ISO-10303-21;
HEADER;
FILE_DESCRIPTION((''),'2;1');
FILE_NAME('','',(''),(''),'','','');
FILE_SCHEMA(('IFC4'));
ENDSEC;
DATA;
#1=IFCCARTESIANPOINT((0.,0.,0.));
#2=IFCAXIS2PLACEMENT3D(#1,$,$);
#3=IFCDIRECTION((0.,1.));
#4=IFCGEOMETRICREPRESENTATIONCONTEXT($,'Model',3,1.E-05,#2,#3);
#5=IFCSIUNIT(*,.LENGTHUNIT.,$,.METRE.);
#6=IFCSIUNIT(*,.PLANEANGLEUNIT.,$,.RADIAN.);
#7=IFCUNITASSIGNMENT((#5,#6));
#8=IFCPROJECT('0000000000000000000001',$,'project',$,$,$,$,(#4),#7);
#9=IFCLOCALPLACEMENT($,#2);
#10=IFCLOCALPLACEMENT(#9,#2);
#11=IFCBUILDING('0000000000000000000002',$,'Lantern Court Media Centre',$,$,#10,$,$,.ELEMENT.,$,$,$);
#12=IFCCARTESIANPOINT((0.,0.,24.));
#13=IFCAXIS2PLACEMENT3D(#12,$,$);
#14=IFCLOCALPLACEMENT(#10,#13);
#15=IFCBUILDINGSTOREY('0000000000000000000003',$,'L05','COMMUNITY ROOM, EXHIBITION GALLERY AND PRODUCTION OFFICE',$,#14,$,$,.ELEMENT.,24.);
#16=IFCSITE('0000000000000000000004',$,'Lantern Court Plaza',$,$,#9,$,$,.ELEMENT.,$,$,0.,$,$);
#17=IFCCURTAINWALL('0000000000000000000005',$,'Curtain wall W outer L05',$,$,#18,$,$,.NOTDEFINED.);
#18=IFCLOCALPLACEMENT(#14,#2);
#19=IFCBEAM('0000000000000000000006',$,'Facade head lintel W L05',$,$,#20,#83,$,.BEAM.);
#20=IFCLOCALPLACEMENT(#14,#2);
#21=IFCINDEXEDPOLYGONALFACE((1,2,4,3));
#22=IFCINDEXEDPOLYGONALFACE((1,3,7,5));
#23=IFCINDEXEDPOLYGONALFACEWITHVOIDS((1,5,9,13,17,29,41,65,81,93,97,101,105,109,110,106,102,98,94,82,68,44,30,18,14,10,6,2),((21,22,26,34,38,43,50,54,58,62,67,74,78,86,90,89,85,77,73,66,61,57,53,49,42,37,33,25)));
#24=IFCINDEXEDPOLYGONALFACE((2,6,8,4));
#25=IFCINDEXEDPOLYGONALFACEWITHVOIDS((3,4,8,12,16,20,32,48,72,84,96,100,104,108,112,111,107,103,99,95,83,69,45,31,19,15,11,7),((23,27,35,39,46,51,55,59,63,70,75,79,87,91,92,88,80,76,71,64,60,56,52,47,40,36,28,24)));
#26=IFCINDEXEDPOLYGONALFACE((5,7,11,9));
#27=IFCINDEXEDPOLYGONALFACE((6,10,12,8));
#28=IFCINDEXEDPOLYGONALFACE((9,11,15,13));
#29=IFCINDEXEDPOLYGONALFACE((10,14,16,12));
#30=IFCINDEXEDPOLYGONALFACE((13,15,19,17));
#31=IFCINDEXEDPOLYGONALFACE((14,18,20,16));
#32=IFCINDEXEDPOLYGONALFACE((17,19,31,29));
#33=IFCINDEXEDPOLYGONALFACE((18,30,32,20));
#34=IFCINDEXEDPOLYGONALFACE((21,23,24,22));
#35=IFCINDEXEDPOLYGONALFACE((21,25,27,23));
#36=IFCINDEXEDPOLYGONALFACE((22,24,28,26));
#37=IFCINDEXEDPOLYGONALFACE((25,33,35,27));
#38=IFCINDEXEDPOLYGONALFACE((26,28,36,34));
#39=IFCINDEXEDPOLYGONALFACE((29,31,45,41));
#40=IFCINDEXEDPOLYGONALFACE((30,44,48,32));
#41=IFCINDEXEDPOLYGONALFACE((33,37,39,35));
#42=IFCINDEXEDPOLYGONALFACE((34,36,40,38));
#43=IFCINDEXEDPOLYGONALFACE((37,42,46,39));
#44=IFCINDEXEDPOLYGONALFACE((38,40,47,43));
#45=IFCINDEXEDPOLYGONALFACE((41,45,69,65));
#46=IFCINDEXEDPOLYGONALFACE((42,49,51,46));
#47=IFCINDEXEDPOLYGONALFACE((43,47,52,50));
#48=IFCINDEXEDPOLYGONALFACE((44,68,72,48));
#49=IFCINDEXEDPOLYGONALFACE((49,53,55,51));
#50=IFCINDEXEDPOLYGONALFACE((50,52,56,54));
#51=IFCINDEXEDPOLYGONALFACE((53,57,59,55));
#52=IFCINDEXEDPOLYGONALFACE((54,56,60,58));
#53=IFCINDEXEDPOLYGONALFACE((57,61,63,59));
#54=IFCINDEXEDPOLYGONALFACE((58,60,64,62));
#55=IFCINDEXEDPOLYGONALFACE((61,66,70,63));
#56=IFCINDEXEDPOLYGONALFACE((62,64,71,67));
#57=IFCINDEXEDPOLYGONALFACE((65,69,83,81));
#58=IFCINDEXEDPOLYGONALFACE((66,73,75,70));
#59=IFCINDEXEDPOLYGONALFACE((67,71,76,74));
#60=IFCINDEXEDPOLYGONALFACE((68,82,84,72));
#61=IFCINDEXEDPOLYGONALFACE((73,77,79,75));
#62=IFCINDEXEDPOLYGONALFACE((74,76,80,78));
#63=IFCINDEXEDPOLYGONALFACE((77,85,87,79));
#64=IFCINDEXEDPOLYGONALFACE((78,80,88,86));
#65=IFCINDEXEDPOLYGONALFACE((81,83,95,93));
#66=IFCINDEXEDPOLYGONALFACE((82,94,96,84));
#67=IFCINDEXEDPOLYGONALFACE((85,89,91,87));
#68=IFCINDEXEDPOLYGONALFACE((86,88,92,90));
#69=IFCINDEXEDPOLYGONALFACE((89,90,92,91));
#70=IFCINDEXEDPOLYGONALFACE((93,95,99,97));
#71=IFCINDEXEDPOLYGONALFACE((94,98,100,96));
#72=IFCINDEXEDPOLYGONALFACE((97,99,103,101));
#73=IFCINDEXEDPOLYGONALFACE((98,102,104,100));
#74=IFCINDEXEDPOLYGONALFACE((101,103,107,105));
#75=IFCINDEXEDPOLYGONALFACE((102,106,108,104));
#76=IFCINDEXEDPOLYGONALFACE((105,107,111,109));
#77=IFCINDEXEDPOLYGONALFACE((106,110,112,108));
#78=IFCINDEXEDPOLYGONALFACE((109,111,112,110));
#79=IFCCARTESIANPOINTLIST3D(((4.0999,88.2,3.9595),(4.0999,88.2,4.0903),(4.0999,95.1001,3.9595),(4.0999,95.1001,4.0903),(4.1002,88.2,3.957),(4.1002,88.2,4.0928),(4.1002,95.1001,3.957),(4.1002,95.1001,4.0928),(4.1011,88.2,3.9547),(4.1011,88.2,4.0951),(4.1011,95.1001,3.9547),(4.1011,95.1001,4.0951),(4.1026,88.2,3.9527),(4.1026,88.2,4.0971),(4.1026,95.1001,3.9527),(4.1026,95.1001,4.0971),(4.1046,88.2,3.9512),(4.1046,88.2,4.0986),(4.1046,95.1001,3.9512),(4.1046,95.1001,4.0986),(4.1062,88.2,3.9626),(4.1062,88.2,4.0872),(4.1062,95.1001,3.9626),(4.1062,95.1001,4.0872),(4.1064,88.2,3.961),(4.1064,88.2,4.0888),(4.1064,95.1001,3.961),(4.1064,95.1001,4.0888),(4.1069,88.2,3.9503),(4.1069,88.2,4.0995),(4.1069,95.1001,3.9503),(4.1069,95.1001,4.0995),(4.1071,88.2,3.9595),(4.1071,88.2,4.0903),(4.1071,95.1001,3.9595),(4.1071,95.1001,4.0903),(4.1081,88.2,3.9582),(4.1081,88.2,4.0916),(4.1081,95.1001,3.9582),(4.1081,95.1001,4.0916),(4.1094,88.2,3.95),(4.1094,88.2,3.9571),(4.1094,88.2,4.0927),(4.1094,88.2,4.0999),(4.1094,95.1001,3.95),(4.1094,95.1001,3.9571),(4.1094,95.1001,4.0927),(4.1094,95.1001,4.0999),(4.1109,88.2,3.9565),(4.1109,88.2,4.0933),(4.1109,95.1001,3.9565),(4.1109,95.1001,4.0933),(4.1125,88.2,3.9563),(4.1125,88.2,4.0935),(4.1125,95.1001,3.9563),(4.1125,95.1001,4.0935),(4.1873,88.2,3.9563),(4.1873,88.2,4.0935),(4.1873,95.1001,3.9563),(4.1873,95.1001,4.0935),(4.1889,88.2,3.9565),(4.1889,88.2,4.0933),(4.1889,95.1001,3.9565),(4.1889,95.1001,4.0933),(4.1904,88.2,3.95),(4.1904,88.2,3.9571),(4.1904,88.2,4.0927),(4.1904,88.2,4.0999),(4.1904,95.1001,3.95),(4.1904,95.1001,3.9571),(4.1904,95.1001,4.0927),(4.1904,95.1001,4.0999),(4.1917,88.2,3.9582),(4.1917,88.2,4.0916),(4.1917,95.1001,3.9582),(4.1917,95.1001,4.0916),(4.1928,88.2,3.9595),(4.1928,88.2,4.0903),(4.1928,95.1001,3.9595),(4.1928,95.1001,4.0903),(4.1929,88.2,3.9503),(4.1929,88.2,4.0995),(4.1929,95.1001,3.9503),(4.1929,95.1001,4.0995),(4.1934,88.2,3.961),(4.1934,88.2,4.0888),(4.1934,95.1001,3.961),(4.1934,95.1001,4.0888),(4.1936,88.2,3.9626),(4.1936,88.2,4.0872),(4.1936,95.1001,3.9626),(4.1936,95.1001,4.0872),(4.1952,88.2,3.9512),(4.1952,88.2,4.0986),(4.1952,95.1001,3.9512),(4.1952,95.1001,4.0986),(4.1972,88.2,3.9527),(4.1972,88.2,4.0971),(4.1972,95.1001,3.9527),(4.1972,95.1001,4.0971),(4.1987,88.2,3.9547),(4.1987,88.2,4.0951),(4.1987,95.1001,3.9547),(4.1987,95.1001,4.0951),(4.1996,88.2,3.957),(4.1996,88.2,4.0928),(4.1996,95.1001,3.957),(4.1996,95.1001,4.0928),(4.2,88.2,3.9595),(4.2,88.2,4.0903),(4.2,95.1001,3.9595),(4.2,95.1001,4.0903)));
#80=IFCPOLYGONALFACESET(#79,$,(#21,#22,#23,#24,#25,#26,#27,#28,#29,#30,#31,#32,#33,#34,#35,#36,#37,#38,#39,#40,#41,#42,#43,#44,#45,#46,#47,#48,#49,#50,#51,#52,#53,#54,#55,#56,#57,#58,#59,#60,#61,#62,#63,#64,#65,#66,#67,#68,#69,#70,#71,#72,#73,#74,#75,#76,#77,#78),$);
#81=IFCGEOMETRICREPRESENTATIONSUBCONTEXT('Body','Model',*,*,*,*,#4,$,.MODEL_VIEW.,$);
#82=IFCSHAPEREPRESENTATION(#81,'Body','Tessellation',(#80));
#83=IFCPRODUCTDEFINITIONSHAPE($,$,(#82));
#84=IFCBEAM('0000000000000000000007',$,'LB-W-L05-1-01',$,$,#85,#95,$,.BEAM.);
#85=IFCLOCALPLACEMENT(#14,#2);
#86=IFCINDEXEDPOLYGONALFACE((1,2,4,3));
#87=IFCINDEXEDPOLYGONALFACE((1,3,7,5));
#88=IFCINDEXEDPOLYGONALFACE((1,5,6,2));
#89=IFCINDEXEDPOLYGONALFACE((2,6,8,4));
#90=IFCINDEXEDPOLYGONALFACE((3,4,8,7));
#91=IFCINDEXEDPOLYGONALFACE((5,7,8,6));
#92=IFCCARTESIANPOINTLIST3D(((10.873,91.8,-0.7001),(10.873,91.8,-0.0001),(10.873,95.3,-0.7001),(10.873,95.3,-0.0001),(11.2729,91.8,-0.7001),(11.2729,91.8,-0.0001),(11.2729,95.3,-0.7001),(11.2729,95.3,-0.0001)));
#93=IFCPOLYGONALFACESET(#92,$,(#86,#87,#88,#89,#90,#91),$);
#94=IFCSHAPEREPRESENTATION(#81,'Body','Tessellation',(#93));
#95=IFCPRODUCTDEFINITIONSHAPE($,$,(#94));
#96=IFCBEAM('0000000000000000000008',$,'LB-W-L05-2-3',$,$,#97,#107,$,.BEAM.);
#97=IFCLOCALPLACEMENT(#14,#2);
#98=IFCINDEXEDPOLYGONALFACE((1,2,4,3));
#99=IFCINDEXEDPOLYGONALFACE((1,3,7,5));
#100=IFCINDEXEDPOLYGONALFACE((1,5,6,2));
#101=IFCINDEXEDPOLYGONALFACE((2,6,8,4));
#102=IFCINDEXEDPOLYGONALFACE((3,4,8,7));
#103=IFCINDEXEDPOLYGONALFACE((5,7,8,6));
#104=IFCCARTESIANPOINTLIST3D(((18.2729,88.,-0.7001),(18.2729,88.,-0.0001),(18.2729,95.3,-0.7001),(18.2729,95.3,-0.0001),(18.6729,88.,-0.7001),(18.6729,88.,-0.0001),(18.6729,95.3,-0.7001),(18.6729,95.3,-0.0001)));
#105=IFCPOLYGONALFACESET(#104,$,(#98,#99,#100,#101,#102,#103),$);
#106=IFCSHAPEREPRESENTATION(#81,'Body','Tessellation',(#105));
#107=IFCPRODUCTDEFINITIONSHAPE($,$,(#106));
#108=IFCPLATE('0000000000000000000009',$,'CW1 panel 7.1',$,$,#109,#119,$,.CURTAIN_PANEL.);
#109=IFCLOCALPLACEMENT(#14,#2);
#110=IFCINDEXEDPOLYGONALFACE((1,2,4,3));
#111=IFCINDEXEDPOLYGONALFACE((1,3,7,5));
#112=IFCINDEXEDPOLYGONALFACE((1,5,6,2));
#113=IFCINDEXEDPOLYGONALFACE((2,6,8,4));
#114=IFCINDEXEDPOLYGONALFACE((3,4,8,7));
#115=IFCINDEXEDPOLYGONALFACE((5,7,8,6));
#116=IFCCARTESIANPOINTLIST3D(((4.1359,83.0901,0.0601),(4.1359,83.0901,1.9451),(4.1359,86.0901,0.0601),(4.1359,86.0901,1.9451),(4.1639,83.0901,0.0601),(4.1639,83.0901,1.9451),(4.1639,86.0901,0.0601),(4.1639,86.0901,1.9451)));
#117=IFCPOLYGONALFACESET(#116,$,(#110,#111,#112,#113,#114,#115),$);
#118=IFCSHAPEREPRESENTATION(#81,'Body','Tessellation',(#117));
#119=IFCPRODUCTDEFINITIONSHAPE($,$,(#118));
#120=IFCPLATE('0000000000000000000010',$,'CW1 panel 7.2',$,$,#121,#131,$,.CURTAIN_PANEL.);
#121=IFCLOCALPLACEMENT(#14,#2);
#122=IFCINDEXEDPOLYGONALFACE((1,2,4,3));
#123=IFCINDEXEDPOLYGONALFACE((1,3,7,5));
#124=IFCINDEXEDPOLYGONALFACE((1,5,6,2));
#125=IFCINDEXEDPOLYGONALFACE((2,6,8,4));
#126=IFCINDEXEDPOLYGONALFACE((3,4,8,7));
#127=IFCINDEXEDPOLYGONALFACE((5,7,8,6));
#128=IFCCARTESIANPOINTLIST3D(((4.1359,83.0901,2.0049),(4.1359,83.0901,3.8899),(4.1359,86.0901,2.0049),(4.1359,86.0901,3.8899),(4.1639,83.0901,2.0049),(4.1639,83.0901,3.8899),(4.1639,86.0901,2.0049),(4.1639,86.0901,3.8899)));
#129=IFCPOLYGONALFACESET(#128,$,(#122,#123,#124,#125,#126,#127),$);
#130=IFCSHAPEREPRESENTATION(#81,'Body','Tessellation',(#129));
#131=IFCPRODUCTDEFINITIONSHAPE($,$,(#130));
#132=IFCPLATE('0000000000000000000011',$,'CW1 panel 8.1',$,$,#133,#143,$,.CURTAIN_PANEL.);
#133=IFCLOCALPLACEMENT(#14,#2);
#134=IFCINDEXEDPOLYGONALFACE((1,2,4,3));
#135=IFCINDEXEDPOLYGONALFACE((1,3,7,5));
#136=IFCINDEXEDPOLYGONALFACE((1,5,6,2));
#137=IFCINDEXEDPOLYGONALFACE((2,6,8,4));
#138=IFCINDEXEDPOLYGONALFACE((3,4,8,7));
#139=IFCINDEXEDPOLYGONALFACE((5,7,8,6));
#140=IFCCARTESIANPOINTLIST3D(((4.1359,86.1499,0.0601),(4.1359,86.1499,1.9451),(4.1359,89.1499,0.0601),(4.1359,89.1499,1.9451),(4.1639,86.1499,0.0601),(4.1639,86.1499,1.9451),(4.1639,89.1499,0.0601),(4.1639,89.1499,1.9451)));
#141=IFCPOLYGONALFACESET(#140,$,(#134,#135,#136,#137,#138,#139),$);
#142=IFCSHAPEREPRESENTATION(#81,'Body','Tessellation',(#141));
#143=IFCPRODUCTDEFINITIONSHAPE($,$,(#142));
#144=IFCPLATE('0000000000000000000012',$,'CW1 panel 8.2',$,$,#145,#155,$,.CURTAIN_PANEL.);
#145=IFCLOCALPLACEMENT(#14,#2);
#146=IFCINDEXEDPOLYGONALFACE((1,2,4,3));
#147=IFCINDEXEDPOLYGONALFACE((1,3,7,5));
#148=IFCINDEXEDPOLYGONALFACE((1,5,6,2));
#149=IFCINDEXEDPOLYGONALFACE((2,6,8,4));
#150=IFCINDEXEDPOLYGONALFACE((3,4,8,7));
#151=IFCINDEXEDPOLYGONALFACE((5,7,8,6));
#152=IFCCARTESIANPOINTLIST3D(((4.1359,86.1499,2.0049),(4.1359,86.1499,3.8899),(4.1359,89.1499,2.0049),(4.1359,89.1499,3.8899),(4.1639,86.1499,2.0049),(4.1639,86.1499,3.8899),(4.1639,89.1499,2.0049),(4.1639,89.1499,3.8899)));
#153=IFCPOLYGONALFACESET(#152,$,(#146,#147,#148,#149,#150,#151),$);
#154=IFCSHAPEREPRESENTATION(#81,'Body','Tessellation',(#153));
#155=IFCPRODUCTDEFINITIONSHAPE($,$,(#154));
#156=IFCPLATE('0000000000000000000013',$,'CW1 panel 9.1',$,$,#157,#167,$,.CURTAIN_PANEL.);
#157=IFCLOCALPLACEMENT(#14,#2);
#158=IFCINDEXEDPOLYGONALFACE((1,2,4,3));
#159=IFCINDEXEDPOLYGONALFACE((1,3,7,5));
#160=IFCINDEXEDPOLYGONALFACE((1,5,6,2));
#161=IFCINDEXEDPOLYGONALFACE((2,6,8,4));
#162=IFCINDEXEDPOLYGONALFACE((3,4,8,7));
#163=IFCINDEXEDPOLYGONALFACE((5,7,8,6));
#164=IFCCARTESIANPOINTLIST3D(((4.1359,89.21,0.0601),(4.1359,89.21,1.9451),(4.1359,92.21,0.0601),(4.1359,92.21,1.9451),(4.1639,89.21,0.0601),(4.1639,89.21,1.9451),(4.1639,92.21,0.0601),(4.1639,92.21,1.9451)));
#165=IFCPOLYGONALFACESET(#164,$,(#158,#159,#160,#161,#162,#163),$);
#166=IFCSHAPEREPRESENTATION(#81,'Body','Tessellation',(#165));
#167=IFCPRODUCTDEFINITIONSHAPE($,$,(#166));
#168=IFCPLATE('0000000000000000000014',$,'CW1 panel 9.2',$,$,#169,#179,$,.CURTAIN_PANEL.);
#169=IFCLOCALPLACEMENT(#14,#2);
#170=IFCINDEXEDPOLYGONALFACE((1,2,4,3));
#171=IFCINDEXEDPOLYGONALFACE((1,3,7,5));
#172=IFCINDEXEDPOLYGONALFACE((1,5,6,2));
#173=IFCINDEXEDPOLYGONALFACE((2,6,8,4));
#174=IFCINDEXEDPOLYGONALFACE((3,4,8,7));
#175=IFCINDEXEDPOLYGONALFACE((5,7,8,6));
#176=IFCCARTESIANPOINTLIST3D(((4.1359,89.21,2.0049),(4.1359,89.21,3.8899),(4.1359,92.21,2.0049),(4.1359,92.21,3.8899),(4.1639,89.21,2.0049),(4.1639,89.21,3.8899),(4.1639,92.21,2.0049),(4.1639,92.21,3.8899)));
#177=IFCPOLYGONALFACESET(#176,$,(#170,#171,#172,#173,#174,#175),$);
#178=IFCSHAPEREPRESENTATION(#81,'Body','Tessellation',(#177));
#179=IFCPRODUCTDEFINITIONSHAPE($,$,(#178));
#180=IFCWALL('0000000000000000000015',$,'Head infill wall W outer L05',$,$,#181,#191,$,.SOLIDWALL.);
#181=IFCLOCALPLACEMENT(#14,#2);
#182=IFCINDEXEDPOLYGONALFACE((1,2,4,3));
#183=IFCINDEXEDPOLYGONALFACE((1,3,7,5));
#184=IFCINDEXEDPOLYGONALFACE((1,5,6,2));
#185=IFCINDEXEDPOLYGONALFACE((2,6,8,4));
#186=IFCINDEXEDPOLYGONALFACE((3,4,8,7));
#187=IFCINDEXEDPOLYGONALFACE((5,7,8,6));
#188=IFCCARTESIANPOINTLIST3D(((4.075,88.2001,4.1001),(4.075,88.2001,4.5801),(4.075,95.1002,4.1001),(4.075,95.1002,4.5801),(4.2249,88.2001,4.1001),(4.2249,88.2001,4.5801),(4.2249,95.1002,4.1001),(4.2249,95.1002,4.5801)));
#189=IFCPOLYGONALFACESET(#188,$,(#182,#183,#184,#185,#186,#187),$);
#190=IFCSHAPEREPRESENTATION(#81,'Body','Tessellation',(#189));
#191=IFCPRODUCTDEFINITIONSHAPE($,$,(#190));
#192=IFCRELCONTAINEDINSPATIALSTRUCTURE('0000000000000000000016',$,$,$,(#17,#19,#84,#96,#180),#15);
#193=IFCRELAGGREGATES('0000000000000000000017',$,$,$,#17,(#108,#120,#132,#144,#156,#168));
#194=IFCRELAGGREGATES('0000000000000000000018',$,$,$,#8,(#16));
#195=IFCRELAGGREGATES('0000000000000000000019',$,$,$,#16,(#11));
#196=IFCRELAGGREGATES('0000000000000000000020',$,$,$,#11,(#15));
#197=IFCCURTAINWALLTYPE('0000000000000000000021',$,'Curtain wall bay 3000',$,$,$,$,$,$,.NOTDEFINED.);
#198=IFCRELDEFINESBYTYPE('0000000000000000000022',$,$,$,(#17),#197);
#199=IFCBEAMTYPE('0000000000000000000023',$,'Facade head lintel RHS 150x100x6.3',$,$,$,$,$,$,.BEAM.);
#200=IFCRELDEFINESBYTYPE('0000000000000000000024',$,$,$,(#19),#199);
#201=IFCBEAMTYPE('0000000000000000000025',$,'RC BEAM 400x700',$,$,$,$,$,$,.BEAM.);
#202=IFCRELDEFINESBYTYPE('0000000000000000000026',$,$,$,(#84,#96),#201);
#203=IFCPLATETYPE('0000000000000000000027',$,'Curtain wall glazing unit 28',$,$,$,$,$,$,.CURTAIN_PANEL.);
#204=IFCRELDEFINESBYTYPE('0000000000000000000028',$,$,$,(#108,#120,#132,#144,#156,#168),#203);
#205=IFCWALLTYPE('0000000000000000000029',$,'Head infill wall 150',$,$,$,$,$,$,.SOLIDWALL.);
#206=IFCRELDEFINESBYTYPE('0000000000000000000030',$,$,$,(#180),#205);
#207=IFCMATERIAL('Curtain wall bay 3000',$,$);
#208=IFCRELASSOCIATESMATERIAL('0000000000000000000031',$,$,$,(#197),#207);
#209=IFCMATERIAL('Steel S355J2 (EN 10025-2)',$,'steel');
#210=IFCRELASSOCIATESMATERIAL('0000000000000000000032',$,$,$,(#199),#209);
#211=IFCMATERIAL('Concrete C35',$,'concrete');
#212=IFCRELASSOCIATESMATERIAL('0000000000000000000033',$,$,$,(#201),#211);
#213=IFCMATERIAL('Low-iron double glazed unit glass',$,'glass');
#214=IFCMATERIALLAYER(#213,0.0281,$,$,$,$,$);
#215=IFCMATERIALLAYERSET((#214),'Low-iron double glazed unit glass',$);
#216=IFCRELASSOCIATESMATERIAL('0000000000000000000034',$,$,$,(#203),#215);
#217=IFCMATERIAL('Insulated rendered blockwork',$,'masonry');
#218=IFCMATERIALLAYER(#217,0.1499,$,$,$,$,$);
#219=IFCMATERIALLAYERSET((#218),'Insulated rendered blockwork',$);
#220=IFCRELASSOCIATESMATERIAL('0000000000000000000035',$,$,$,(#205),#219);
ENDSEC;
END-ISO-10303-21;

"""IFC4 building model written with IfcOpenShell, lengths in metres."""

from ifc_helpers import new_model, si_unit, direction, frame, frame_2d, origin, origin_2d, place, context, subcontext, project, spatial, rectangle, hollow_rectangle, extrude, material, layer, layer_set, material_profile, profile_set, type_object, element, aggregate, save


model = new_model("IFC4")

# Units and contexts
model_context = context("Model", 3, precision=1e-05, world=origin(), true_north=direction((0.0, 1.0)))
body_context = subcontext(model_context, "Body", "Model", "MODEL_VIEW")
ifc_project = project(units=[si_unit("LENGTHUNIT", "METRE"), si_unit("PLANEANGLEUNIT", "RADIAN")], contexts=[model_context])

# Site, building, storey
site_placement = place(None, origin())
site = spatial("IfcSite", under=ifc_project, at=site_placement, Name="Lantern Court Plaza", CompositionType="ELEMENT", RefElevation=0.0)
building_placement = place(site_placement, origin())
building = spatial("IfcBuilding", under=site, at=building_placement, Name="Lantern Court Media Centre", CompositionType="ELEMENT")
storey_placement = place(building_placement, frame((0.0, 0.0, 24.0)))
storey = spatial("IfcBuildingStorey", under=building, at=storey_placement, Name="L05", Description="COMMUNITY ROOM, EXHIBITION GALLERY AND PRODUCTION OFFICE", CompositionType="ELEMENT", Elevation=24.0)

# Shared definitions
ifc_material_1 = material(Name="Concrete C35", Category="concrete")

# Curtain wall
ifc_material_2 = material(Name="Curtain wall bay 3000")
curtain_wall_type_1 = type_object("IfcCurtainWallType", Name="Curtain wall bay 3000", PredefinedType="NOTDEFINED", material=ifc_material_2)
curtain_wall_1_placement = place(storey_placement, origin())
curtain_wall_1 = element("IfcCurtainWall", 1, at=curtain_wall_1_placement, inside=storey, type_object=curtain_wall_type_1, Name="Curtain wall W outer L05", PredefinedType="NOTDEFINED")

# Beams
ifc_material_3 = material(Name="Steel S355J2 (EN 10025-2)", Category="steel")
ifc_material_profile_1 = material_profile(ifc_material_3, hollow_rectangle(XDim=0.1001, YDim=0.1499, WallThickness=0.0063, InnerFilletRadius=0.0063, OuterFilletRadius=0.0095, at=origin_2d()), Name="Facade head lintel RHS 150x100x6.3")
ifc_profile_set_1 = profile_set([ifc_material_profile_1], Name="Steel S355J2 (EN 10025-2)")
beam_type_1 = type_object("IfcBeamType", Name="Facade head lintel RHS 150x100x6.3", PredefinedType="BEAM", material=ifc_profile_set_1)
beam_1_placement = place(storey_placement, frame((4.1499, 88.2, 4.0249), z_axis=(0.0, 1.0, 0.0), x_axis=(-1.0, 0.0, 0.0)))
element("IfcBeam", 2, at=beam_1_placement, inside=storey, type_object=beam_type_1, Name="Facade head lintel W L05", PredefinedType="BEAM", context=body_context, shape_type="SweptSolid", body=[
    extrude(hollow_rectangle(XDim=0.1001, YDim=0.1499, WallThickness=0.0063, InnerFilletRadius=0.0063, OuterFilletRadius=0.0095, at=origin_2d()), origin(), (0.0, 0.0, 1.0), 6.9001),
])
ifc_material_profile_2 = material_profile(ifc_material_1, rectangle(XDim=0.3999, YDim=0.7, at=origin_2d()), Name="RC 400x700")
ifc_profile_set_2 = profile_set([ifc_material_profile_2], Name="Concrete C35")
beam_type_2 = type_object("IfcBeamType", Name="RC BEAM 400x700", PredefinedType="BEAM", material=ifc_profile_set_2)
beam_2_placement = place(storey_placement, frame((11.073, 91.8, -0.3501), z_axis=(0.0, 1.0, 0.0), x_axis=(-1.0, 0.0, 0.0)))
element("IfcBeam", 3, at=beam_2_placement, inside=storey, type_object=beam_type_2, Name="LB-W-L05-1-01", PredefinedType="BEAM", context=body_context, shape_type="SweptSolid", body=[
    extrude(rectangle(XDim=0.3999, YDim=0.7, at=origin_2d()), origin(), (0.0, 0.0, 1.0), 3.5),
])
beam_3_placement = place(storey_placement, frame((18.4729, 88.0, -0.3501), z_axis=(0.0, 1.0, 0.0), x_axis=(-1.0, 0.0, 0.0)))
element("IfcBeam", 4, at=beam_3_placement, inside=storey, type_object=beam_type_2, Name="LB-W-L05-2-3", PredefinedType="BEAM", context=body_context, shape_type="SweptSolid", body=[
    extrude(rectangle(XDim=0.3999, YDim=0.7, at=origin_2d()), origin(), (0.0, 0.0, 1.0), 7.3),
])

# Plates
ifc_material_4 = material(Name="Low-iron double glazed unit glass", Category="glass")
ifc_layer_1 = layer(ifc_material_4, 0.0281)
ifc_layer_set_1 = layer_set([ifc_layer_1], Name="Low-iron double glazed unit glass")
plate_type = type_object("IfcPlateType", Name="Curtain wall glazing unit 28", PredefinedType="CURTAIN_PANEL", material=ifc_layer_set_1)
plate_1_placement = place(storey_placement, frame((4.1499, 84.5901, 0.0601), z_axis=(0.0, 0.0, 1.0), x_axis=(0.0, 1.0, 0.0)))
plate_1 = element("IfcPlate", 5, at=plate_1_placement, type_object=plate_type, Name="CW1 panel 7.1", PredefinedType="CURTAIN_PANEL", context=body_context, shape_type="SweptSolid", body=[
    extrude(rectangle(XDim=3.0, YDim=0.0281, at=origin_2d()), origin(), (0.0, 0.0, 1.0), 1.885),
])
plate_2_placement = place(storey_placement, frame((4.1499, 84.5901, 2.0049), z_axis=(0.0, 0.0, 1.0), x_axis=(0.0, 1.0, 0.0)))
plate_2 = element("IfcPlate", 6, at=plate_2_placement, type_object=plate_type, Name="CW1 panel 7.2", PredefinedType="CURTAIN_PANEL", context=body_context, shape_type="SweptSolid", body=[
    extrude(rectangle(XDim=3.0, YDim=0.0281, at=origin_2d()), origin(), (0.0, 0.0, 1.0), 1.885),
])
plate_3_placement = place(storey_placement, frame((4.1499, 87.6499, 0.0601), z_axis=(0.0, 0.0, 1.0), x_axis=(0.0, 1.0, 0.0)))
plate_3 = element("IfcPlate", 7, at=plate_3_placement, type_object=plate_type, Name="CW1 panel 8.1", PredefinedType="CURTAIN_PANEL", context=body_context, shape_type="SweptSolid", body=[
    extrude(rectangle(XDim=3.0, YDim=0.0281, at=origin_2d()), origin(), (0.0, 0.0, 1.0), 1.885),
])
plate_4_placement = place(storey_placement, frame((4.1499, 87.6499, 2.0049), z_axis=(0.0, 0.0, 1.0), x_axis=(0.0, 1.0, 0.0)))
plate_4 = element("IfcPlate", 8, at=plate_4_placement, type_object=plate_type, Name="CW1 panel 8.2", PredefinedType="CURTAIN_PANEL", context=body_context, shape_type="SweptSolid", body=[
    extrude(rectangle(XDim=3.0, YDim=0.0281, at=origin_2d()), origin(), (0.0, 0.0, 1.0), 1.885),
])
plate_5_placement = place(storey_placement, frame((4.1499, 90.71, 0.0601), z_axis=(0.0, 0.0, 1.0), x_axis=(0.0, 1.0, 0.0)))
plate_5 = element("IfcPlate", 9, at=plate_5_placement, type_object=plate_type, Name="CW1 panel 9.1", PredefinedType="CURTAIN_PANEL", context=body_context, shape_type="SweptSolid", body=[
    extrude(rectangle(XDim=3.0, YDim=0.0281, at=origin_2d()), origin(), (0.0, 0.0, 1.0), 1.885),
])
plate_6_placement = place(storey_placement, frame((4.1499, 90.71, 2.0049), z_axis=(0.0, 0.0, 1.0), x_axis=(0.0, 1.0, 0.0)))
plate_6 = element("IfcPlate", 10, at=plate_6_placement, type_object=plate_type, Name="CW1 panel 9.2", PredefinedType="CURTAIN_PANEL", context=body_context, shape_type="SweptSolid", body=[
    extrude(rectangle(XDim=3.0, YDim=0.0281, at=origin_2d()), origin(), (0.0, 0.0, 1.0), 1.885),
])
aggregate(curtain_wall_1, [plate_1, plate_2, plate_3, plate_4, plate_5, plate_6])

# Wall
ifc_material_5 = material(Name="Insulated rendered blockwork", Category="masonry")
ifc_layer_2 = layer(ifc_material_5, 0.1499)
ifc_layer_set_2 = layer_set([ifc_layer_2], Name="Insulated rendered blockwork")
wall_type_1 = type_object("IfcWallType", Name="Head infill wall 150", PredefinedType="SOLIDWALL", material=ifc_layer_set_2)
wall_1_placement = place(storey_placement, frame((4.1499, 88.2, 4.1001), z_axis=(0.0, 0.0, 1.0), x_axis=(0.0, 1.0, 0.0)))
element("IfcWall", 11, at=wall_1_placement, inside=storey, type_object=wall_type_1, Name="Head infill wall W outer L05", PredefinedType="SOLIDWALL", context=body_context, shape_type="SweptSolid", body=[
    extrude(rectangle(XDim=6.9001, YDim=0.1499, at=frame_2d((3.4502, 0.0))), origin(), (0.0, 0.0, 1.0), 0.48),
])

save(model, "model.ifc")
